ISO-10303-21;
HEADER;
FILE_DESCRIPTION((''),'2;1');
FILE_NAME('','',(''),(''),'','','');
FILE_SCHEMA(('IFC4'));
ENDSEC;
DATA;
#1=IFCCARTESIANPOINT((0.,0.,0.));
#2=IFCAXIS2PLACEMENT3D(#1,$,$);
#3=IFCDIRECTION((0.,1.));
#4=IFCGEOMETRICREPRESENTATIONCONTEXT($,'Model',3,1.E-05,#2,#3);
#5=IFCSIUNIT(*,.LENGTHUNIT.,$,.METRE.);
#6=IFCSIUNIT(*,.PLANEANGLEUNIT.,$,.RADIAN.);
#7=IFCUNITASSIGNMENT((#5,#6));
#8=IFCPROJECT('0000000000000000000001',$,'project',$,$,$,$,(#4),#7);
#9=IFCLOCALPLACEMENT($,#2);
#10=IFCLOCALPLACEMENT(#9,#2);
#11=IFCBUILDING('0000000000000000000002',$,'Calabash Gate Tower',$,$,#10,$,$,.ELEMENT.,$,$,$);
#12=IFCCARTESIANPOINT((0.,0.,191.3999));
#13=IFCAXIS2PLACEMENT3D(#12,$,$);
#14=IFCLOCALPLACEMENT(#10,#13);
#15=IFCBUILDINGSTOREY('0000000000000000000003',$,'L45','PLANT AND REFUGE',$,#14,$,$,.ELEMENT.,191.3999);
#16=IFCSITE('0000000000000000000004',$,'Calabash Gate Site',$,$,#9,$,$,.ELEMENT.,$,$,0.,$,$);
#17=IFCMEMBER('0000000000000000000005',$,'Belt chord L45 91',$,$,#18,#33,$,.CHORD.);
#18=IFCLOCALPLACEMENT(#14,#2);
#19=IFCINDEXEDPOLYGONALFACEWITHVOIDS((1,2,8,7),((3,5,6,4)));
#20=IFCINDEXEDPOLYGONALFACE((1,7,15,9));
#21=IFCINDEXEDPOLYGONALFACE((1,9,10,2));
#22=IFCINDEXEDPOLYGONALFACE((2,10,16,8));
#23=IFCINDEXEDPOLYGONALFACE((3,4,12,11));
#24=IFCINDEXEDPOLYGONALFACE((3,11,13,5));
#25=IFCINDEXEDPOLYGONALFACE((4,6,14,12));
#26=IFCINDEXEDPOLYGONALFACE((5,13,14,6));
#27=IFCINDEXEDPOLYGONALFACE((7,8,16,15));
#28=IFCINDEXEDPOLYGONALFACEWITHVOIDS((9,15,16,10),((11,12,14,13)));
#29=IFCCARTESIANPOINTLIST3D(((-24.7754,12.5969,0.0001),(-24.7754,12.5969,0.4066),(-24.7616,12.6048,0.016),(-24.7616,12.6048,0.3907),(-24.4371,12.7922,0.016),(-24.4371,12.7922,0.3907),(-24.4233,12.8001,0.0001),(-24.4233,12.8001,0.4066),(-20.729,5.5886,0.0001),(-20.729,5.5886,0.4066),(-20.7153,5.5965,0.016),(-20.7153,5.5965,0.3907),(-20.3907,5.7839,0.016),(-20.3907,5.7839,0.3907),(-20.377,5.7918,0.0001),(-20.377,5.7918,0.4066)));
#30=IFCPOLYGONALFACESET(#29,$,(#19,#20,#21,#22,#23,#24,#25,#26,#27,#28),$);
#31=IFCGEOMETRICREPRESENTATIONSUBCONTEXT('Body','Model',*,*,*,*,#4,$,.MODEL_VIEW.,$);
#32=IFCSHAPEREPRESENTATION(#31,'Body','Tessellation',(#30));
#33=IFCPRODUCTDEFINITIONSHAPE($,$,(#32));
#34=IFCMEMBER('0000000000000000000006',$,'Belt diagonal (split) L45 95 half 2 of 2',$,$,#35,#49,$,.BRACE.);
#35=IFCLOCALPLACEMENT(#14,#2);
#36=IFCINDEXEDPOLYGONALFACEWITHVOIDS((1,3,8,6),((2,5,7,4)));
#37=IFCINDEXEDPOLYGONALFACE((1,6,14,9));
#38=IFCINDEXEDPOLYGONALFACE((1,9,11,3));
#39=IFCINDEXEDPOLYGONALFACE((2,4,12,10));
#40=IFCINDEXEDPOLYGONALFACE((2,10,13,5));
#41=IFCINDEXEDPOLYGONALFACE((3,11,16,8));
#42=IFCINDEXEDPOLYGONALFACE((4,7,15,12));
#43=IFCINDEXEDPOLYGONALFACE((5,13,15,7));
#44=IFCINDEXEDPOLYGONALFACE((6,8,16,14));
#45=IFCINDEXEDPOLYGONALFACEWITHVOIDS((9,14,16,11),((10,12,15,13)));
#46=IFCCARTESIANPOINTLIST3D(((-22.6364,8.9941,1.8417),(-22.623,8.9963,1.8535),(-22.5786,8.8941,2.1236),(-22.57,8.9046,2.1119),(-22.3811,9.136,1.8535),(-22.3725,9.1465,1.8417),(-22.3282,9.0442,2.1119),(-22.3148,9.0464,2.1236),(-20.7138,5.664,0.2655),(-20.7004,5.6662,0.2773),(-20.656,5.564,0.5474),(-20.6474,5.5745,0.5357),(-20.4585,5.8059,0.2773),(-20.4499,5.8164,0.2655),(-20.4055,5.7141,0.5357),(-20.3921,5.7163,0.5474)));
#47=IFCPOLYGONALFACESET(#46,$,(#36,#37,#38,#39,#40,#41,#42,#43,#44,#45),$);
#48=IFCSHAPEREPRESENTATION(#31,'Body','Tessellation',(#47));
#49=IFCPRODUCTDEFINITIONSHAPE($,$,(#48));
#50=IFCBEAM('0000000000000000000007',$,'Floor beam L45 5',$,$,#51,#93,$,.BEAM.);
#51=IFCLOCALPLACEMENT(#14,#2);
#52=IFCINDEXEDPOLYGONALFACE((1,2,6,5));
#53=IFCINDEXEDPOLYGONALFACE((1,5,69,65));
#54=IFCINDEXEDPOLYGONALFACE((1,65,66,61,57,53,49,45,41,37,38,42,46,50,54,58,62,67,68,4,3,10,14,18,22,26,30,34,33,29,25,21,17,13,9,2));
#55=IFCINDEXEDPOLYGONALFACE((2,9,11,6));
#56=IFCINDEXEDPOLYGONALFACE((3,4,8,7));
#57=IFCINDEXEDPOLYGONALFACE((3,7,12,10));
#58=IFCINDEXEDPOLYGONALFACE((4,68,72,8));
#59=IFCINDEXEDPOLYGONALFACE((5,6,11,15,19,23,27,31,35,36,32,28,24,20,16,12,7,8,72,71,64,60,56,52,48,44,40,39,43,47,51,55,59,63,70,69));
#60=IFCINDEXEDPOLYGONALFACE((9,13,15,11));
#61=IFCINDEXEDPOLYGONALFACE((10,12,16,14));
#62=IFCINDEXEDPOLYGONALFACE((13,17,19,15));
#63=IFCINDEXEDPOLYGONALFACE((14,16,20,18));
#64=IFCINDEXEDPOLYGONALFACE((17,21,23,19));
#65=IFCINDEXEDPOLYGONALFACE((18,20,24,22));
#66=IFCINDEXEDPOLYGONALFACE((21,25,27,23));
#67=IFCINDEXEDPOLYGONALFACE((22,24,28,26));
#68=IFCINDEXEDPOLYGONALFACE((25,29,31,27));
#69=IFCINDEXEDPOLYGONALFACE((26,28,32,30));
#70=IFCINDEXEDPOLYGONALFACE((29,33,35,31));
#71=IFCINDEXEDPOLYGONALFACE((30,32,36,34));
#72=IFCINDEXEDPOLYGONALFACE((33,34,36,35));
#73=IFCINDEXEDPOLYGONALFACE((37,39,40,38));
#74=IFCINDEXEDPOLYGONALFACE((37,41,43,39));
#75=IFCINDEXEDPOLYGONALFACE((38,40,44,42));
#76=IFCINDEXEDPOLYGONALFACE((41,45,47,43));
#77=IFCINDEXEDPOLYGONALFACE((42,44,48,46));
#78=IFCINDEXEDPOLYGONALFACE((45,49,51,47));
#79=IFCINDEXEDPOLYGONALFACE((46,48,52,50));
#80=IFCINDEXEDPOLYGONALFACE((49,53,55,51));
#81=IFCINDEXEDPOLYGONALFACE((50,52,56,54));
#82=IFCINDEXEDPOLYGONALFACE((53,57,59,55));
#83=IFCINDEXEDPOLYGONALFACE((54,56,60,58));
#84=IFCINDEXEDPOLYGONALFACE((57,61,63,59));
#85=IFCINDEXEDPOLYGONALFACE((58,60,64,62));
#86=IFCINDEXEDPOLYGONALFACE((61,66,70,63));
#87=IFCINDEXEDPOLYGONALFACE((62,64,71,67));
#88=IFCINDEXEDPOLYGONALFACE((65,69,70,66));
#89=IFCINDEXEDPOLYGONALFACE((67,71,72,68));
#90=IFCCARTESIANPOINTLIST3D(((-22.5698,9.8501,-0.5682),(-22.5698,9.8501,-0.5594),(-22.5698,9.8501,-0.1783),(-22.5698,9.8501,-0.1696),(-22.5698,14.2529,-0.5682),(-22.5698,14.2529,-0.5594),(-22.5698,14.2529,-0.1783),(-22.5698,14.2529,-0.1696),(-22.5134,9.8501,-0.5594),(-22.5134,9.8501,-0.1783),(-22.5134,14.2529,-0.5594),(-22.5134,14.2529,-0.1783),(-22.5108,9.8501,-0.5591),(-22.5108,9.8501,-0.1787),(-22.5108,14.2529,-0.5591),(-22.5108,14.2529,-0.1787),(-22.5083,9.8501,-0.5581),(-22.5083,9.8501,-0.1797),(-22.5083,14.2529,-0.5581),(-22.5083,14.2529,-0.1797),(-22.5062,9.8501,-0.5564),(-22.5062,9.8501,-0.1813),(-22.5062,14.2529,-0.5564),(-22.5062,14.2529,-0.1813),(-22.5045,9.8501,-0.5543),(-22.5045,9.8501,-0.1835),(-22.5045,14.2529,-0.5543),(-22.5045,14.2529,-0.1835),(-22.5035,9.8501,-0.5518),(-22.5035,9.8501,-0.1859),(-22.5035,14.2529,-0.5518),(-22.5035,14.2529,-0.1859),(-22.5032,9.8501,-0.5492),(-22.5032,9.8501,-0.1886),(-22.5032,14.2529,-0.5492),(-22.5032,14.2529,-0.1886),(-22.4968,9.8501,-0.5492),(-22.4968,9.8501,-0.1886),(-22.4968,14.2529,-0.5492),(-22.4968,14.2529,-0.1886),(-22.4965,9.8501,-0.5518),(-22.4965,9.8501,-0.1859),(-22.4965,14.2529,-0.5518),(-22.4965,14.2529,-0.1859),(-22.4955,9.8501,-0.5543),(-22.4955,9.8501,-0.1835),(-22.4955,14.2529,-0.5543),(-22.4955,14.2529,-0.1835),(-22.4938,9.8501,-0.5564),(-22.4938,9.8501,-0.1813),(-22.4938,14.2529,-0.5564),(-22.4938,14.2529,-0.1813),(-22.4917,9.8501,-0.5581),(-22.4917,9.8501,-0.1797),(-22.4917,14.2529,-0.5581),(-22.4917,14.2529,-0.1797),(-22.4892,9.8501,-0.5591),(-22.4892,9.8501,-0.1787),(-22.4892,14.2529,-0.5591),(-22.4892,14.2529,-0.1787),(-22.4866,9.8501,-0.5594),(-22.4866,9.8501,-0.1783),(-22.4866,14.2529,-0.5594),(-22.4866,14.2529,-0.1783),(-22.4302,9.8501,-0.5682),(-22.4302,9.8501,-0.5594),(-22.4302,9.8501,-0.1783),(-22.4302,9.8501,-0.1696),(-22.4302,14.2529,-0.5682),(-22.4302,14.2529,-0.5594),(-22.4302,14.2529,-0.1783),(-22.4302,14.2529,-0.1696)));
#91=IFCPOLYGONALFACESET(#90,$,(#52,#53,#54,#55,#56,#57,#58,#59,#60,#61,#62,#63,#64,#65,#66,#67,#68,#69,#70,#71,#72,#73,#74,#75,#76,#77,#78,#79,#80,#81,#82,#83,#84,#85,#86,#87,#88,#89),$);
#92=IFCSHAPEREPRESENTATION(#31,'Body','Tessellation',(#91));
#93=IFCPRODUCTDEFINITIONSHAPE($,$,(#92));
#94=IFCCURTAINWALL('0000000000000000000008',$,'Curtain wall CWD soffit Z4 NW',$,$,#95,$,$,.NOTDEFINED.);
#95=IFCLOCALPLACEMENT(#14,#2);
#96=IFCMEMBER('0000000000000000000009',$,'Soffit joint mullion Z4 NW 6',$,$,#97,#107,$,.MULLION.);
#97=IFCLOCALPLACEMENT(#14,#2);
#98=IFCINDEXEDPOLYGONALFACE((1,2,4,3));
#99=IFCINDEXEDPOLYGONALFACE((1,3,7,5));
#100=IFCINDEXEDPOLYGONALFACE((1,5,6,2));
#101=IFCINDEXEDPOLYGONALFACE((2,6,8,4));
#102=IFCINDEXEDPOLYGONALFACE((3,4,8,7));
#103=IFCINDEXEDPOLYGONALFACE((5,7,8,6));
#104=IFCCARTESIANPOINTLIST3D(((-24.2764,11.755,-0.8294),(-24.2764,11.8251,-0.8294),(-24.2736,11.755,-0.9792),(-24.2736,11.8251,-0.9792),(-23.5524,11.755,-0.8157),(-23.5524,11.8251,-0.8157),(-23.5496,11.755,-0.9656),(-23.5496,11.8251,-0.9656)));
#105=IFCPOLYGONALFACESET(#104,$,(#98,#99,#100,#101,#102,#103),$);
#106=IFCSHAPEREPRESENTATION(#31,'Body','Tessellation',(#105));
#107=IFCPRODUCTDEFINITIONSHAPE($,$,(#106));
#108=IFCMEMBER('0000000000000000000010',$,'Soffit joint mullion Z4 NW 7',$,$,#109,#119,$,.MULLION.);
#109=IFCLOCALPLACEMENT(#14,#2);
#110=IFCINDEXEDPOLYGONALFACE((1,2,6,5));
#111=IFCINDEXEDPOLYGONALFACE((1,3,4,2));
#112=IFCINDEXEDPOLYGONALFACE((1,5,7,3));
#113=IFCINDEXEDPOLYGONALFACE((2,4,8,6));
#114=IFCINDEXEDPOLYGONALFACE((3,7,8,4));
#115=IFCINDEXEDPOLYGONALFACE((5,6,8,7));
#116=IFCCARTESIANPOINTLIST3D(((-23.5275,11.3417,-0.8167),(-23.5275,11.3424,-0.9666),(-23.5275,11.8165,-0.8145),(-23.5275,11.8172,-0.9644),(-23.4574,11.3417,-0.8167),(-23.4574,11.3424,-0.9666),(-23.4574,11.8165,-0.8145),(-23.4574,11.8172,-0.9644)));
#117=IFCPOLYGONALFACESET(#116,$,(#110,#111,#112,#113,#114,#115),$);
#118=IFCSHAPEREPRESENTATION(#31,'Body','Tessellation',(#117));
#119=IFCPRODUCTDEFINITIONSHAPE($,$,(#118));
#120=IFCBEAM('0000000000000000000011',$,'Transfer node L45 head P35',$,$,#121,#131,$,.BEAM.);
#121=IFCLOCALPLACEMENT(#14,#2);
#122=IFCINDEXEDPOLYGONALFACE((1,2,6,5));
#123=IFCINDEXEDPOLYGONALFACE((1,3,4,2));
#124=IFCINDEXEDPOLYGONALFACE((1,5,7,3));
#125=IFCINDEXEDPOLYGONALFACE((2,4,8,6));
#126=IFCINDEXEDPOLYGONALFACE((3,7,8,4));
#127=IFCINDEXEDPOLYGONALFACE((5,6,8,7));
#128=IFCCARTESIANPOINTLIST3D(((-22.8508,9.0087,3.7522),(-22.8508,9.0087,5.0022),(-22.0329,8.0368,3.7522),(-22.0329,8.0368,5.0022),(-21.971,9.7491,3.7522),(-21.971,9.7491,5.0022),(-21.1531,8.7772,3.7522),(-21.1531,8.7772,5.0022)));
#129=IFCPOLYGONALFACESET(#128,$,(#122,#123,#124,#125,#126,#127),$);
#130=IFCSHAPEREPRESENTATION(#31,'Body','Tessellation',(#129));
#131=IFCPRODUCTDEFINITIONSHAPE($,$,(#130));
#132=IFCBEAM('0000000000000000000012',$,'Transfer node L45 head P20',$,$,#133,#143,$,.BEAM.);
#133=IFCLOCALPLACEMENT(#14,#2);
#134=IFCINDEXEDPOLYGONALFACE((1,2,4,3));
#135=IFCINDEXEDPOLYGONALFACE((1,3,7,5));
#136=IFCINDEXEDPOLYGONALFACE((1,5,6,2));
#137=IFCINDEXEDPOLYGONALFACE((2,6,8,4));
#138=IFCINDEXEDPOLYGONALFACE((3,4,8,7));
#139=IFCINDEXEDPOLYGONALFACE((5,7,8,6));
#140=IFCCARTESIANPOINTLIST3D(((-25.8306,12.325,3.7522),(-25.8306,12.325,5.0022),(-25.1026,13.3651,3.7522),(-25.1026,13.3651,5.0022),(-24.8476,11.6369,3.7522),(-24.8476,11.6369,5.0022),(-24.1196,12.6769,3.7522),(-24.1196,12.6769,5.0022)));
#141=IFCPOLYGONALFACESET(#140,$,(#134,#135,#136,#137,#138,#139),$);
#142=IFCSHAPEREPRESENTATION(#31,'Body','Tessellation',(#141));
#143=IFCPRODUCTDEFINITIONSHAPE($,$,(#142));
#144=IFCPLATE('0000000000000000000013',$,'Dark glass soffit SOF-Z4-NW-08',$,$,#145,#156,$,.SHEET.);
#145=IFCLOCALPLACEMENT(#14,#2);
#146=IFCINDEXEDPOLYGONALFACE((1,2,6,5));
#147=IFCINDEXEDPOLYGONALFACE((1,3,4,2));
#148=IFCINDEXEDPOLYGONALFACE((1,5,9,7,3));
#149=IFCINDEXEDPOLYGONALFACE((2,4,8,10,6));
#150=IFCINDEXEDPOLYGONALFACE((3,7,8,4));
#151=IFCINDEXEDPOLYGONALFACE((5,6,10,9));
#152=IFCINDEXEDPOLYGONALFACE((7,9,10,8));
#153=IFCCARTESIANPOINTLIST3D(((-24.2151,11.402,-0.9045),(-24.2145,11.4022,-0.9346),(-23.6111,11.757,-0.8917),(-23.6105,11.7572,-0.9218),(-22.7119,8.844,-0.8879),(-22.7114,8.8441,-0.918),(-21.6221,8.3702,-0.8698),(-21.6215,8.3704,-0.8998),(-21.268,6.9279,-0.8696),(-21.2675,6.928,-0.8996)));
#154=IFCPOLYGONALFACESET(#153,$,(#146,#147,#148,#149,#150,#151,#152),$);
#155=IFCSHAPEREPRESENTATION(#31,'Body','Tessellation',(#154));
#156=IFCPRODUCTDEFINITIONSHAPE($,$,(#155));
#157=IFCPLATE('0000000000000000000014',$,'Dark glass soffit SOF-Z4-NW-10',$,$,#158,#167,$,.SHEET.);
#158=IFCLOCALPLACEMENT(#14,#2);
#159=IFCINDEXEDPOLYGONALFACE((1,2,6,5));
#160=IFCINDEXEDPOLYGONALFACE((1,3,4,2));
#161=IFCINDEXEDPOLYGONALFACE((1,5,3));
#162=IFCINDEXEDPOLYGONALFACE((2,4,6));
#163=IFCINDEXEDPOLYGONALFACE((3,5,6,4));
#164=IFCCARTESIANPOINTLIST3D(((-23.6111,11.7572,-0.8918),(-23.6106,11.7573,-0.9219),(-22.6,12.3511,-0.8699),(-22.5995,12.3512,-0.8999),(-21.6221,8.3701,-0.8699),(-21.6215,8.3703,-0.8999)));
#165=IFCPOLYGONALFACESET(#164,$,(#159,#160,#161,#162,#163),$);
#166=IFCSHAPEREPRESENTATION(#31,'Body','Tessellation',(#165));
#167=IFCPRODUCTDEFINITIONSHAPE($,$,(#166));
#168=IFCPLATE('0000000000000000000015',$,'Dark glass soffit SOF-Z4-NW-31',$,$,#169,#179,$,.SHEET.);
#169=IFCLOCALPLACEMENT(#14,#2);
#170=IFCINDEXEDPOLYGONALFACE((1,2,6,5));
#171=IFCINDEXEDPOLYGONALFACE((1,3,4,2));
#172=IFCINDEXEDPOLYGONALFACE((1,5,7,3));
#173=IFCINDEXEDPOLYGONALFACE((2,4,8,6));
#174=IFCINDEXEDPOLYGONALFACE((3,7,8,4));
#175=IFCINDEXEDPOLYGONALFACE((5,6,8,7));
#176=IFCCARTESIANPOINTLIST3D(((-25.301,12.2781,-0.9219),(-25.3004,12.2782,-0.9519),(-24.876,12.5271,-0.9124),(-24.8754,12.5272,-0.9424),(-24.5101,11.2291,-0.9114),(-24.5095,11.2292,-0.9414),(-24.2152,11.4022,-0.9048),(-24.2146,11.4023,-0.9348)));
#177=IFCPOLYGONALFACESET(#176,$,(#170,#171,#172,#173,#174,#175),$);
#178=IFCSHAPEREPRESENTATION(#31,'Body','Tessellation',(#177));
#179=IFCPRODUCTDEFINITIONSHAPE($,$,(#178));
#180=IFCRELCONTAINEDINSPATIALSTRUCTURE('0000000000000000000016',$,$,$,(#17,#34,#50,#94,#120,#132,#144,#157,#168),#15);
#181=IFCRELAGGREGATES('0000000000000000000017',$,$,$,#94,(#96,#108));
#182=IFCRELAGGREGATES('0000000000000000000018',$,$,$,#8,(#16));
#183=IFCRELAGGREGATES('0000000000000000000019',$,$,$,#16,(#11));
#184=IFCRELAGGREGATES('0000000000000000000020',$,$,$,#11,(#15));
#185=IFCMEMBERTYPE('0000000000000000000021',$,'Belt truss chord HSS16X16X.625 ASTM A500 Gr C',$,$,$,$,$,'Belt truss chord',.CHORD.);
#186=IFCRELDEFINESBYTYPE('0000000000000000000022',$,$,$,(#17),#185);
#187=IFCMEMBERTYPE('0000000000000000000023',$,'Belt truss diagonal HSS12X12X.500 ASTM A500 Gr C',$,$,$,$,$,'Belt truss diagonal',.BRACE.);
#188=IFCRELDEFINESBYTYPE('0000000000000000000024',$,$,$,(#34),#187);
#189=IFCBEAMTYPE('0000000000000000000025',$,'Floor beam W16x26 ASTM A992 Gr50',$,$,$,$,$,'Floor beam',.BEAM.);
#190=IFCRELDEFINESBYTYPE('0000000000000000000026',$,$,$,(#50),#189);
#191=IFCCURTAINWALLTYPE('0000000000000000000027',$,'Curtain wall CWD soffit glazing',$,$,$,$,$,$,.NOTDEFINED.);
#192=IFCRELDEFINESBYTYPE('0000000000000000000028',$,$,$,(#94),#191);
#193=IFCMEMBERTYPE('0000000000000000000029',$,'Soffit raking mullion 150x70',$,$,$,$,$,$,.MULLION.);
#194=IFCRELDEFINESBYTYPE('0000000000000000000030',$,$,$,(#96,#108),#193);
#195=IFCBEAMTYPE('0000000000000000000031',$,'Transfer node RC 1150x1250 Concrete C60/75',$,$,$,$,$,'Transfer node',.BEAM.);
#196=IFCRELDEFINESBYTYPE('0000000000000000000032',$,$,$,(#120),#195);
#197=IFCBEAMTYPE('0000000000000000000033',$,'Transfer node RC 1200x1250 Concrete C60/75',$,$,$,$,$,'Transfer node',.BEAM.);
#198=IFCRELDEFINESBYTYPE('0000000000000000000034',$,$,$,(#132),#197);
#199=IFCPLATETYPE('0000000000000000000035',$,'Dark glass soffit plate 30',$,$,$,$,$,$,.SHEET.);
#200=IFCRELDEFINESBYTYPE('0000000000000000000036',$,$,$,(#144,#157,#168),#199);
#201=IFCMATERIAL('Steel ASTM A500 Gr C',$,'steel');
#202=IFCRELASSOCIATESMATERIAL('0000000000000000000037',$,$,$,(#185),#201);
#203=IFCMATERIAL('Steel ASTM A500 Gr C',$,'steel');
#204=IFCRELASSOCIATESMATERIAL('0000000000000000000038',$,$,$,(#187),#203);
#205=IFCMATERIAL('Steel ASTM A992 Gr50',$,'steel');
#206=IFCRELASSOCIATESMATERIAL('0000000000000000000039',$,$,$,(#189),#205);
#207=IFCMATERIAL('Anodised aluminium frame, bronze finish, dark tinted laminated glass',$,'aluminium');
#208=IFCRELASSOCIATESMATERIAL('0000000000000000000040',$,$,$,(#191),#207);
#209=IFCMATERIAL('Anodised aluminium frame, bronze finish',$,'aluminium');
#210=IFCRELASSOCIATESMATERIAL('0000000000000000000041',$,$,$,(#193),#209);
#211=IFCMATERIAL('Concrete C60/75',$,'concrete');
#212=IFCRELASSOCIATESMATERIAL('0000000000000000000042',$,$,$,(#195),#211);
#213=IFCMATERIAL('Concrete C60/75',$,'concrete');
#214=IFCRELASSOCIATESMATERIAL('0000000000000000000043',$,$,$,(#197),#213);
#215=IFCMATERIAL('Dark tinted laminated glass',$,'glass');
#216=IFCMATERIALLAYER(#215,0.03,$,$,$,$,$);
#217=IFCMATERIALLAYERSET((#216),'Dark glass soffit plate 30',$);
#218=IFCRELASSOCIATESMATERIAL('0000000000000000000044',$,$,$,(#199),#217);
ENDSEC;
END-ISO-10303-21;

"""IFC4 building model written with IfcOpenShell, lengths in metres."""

from ifc_helpers import new_model, si_unit, direction, frame, origin, origin_2d, place, context, subcontext, project, spatial, polyline, rectangle, hollow_rectangle, i_section, outline, extrude, material, layer, layer_set, material_profile, profile_set, type_object, element, aggregate, save


model = new_model("IFC4")

# Units and contexts
model_context = context("Model", 3, precision=1e-05, world=origin(), true_north=direction((0.0, 1.0)))
body_context = subcontext(model_context, "Body", "Model", "MODEL_VIEW")
ifc_project = project(units=[si_unit("LENGTHUNIT", "METRE"), si_unit("PLANEANGLEUNIT", "RADIAN")], contexts=[model_context])

# Site, building, storey
site_placement = place(None, origin())
site = spatial("IfcSite", under=ifc_project, at=site_placement, Name="Calabash Gate Site", CompositionType="ELEMENT", RefElevation=0.0)
building_placement = place(site_placement, origin())
building = spatial("IfcBuilding", under=site, at=building_placement, Name="Calabash Gate Tower", CompositionType="ELEMENT")
storey_placement = place(building_placement, frame((0.0, 0.0, 191.3999)))
storey = spatial("IfcBuildingStorey", under=building, at=storey_placement, Name="L45", Description="PLANT AND REFUGE", CompositionType="ELEMENT", Elevation=191.3999)

# Members
ifc_material_1 = material(Name="Steel ASTM A500 Gr C", Category="steel")
ifc_material_profile_1 = material_profile(ifc_material_1, hollow_rectangle(XDim=0.4065, YDim=0.4065, WallThickness=0.0159, at=origin_2d()))
ifc_profile_set_1 = profile_set([ifc_material_profile_1], Name="Steel ASTM A500 Gr C")
member_type_1 = type_object("IfcMemberType", Name="Belt truss chord HSS16X16X.625 ASTM A500 Gr C", ElementType="Belt truss chord", PredefinedType="CHORD", material=ifc_profile_set_1)
member_1_placement = place(storey_placement, frame((-24.5994, 12.6985, 0.2034), z_axis=(0.500013, -0.866018, 0.0), x_axis=(0.866018, 0.500013, 0.0)))
element("IfcMember", 1, at=member_1_placement, inside=storey, type_object=member_type_1, Name="Belt chord L45 91", PredefinedType="CHORD", context=body_context, shape_type="SweptSolid", body=[
    extrude(hollow_rectangle(XDim=0.4065, YDim=0.4065, WallThickness=0.0159, at=origin_2d()), origin(), (0.0, 0.0, 1.0), 8.0925),
])
ifc_material_2 = material(Name="Steel ASTM A500 Gr C", Category="steel")
ifc_material_profile_2 = material_profile(ifc_material_2, hollow_rectangle(XDim=0.3047, YDim=0.3047, WallThickness=0.0127, at=origin_2d()))
ifc_profile_set_2 = profile_set([ifc_material_profile_2], Name="Steel ASTM A500 Gr C")
member_type_2 = type_object("IfcMemberType", Name="Belt truss diagonal HSS12X12X.500 ASTM A500 Gr C", ElementType="Belt truss diagonal", PredefinedType="BRACE", material=ifc_profile_set_2)
member_2_placement = place(storey_placement, frame((-22.4756, 9.0203, 1.9827), z_axis=(0.462639, -0.801321, -0.379276), x_axis=(0.866027, 0.499997, 0.0)))
element("IfcMember", 2, at=member_2_placement, inside=storey, type_object=member_type_2, Name="Belt diagonal (split) L45 95 half 2 of 2", PredefinedType="BRACE", context=body_context, shape_type="SweptSolid", body=[
    extrude(hollow_rectangle(XDim=0.3047, YDim=0.3047, WallThickness=0.0127, at=origin_2d()), origin(), (0.0, 0.0, 1.0), 4.1558),
])

# Beam
ifc_material_3 = material(Name="Steel ASTM A992 Gr50", Category="steel")
ifc_material_profile_3 = material_profile(ifc_material_3, i_section(OverallWidth=0.1396, OverallDepth=0.3987, WebThickness=0.0063, FlangeThickness=0.0088, FilletRadius=0.0103, at=origin_2d()))
ifc_profile_set_3 = profile_set([ifc_material_profile_3], Name="Steel ASTM A992 Gr50")
beam_type_1 = type_object("IfcBeamType", Name="Floor beam W16x26 ASTM A992 Gr50", ElementType="Floor beam", PredefinedType="BEAM", material=ifc_profile_set_3)
beam_1_placement = place(storey_placement, frame((-22.5, 9.8501, -0.3689), z_axis=(0.0, 1.0, 0.0), x_axis=(-1.0, 0.0, 0.0)))
element("IfcBeam", 3, at=beam_1_placement, inside=storey, type_object=beam_type_1, Name="Floor beam L45 5", PredefinedType="BEAM", context=body_context, shape_type="SweptSolid", body=[
    extrude(i_section(OverallWidth=0.1396, OverallDepth=0.3987, WebThickness=0.0063, FlangeThickness=0.0088, FilletRadius=0.0103, at=origin_2d()), origin(), (0.0, 0.0, 1.0), 4.4028),
])

# Curtain wall, members
ifc_material_4 = material(Name="Anodised aluminium frame, bronze finish, dark tinted laminated glass", Category="aluminium")
curtain_wall_type = type_object("IfcCurtainWallType", Name="Curtain wall CWD soffit glazing", PredefinedType="NOTDEFINED", material=ifc_material_4)
curtain_wall_placement = place(storey_placement, origin())
curtain_wall = element("IfcCurtainWall", 4, at=curtain_wall_placement, inside=storey, type_object=curtain_wall_type, Name="Curtain wall CWD soffit Z4 NW", PredefinedType="NOTDEFINED")
ifc_material_5 = material(Name="Anodised aluminium frame, bronze finish", Category="aluminium")
ifc_material_profile_4 = material_profile(ifc_material_5, rectangle(XDim=0.1499, YDim=0.0701, at=origin_2d()))
ifc_profile_set_4 = profile_set([ifc_material_profile_4], Name="Anodised aluminium frame, bronze finish")
member_type_3 = type_object("IfcMemberType", Name="Soffit raking mullion 150x70", PredefinedType="MULLION", material=ifc_profile_set_4)
member_3_placement = place(storey_placement, frame((-23.551, 11.79, -0.8906), z_axis=(-0.999822, 0.0, -0.018884), x_axis=(-0.018884, 0.0, 0.999822)))
member_3 = element("IfcMember", 5, at=member_3_placement, type_object=member_type_3, Name="Soffit joint mullion Z4 NW 6", PredefinedType="MULLION", context=body_context, shape_type="SweptSolid", body=[
    extrude(rectangle(XDim=0.1499, YDim=0.0701, at=origin_2d()), origin(), (0.0, 0.0, 1.0), 0.7241),
])
member_4_placement = place(storey_placement, frame((-23.4924, 11.8169, -0.8894), z_axis=(0.0, -0.999989, -0.004627), x_axis=(0.0, -0.004627, 0.999989)))
member_4 = element("IfcMember", 6, at=member_4_placement, type_object=member_type_3, Name="Soffit joint mullion Z4 NW 7", PredefinedType="MULLION", context=body_context, shape_type="SweptSolid", body=[
    extrude(rectangle(XDim=0.1499, YDim=0.0701, at=origin_2d()), origin(), (0.0, 0.0, 1.0), 0.4749),
])
aggregate(curtain_wall, [member_3, member_4])

# Beams
ifc_material_6 = material(Name="Concrete C60/75", Category="concrete")
ifc_material_profile_5 = material_profile(ifc_material_6, rectangle(XDim=1.1499, YDim=1.25, at=origin_2d()))
ifc_profile_set_5 = profile_set([ifc_material_profile_5], Name="Concrete C60/75")
beam_type_2 = type_object("IfcBeamType", Name="Transfer node RC 1150x1250 Concrete C60/75", ElementType="Transfer node", PredefinedType="BEAM", material=ifc_profile_set_5)
beam_2_placement = place(storey_placement, frame((-21.593, 8.407, 4.3772), z_axis=(-0.643863, 0.76514, 0.0), x_axis=(-0.76514, -0.643863, 0.0)))
element("IfcBeam", 7, at=beam_2_placement, inside=storey, type_object=beam_type_2, Name="Transfer node L45 head P35", PredefinedType="BEAM", context=body_context, shape_type="SweptSolid", body=[
    extrude(rectangle(XDim=1.1499, YDim=1.25, at=origin_2d()), origin(), (0.0, 0.0, 1.0), 1.2703),
])
ifc_material_7 = material(Name="Concrete C60/75", Category="concrete")
ifc_material_profile_6 = material_profile(ifc_material_7, rectangle(XDim=1.2, YDim=1.25, at=origin_2d()))
ifc_profile_set_6 = profile_set([ifc_material_profile_6], Name="Concrete C60/75")
beam_type_3 = type_object("IfcBeamType", Name="Transfer node RC 1200x1250 Concrete C60/75", ElementType="Transfer node", PredefinedType="BEAM", material=ifc_profile_set_6)
beam_3_placement = place(storey_placement, frame((-25.3391, 11.981, 4.3772), z_axis=(0.573462, 0.819232, 0.0), x_axis=(-0.819232, 0.573462, 0.0)))
element("IfcBeam", 8, at=beam_3_placement, inside=storey, type_object=beam_type_3, Name="Transfer node L45 head P20", PredefinedType="BEAM", context=body_context, shape_type="SweptSolid", body=[
    extrude(rectangle(XDim=1.2, YDim=1.25, at=origin_2d()), origin(), (0.0, 0.0, 1.0), 1.2695),
])

# Plates
ifc_material_8 = material(Name="Dark tinted laminated glass", Category="glass")
ifc_layer_1 = layer(ifc_material_8, 0.03)
ifc_layer_set_1 = layer_set([ifc_layer_1], Name="Dark glass soffit plate 30")
plate_type_1 = type_object("IfcPlateType", Name="Dark glass soffit plate 30", PredefinedType="SHEET", material=ifc_layer_set_1)
plate_1_placement = place(storey_placement, frame((-22.7119, 8.844, -0.8879), z_axis=(-0.018598, -0.004438, 0.999817), x_axis=(-0.506614, 0.862155, -0.005597)))
element("IfcPlate", 9, at=plate_1_placement, inside=storey, type_object=plate_type_1, Name="Dark glass soffit SOF-Z4-NW-08", PredefinedType="SHEET", context=body_context, shape_type="SweptSolid", body=[
    extrude(outline(polyline([(0.0, 0.0), (2.967, 0.0), (2.967, -0.7007), (-0.9607, -0.6997), (-2.3835, -0.2742), (0.0, 0.0)])), origin(), (0.0, 0.0, -1.0), 0.03),
])
plate_2_placement = place(storey_placement, frame((-21.6221, 8.3701, -0.8699), z_axis=(-0.018989, -0.004665, 0.999809), x_axis=(-0.506385, 0.86229, -0.005594)))
element("IfcPlate", 10, at=plate_2_placement, inside=storey, type_object=plate_type_1, Name="Dark glass soffit SOF-Z4-NW-10", PredefinedType="SHEET", context=body_context, shape_type="SweptSolid", body=[
    extrude(outline(polyline([(0.0, 0.0), (3.928, 0.0), (3.928, -1.1729), (0.0, 0.0)])), origin(), (0.0, 0.0, -1.0), 0.03),
])
plate_3_placement = place(storey_placement, frame((-25.301, 12.2781, -0.9219), z_axis=(-0.01958, -0.004768, 0.999797), x_axis=(0.862667, 0.505404, 0.019305)))
element("IfcPlate", 11, at=plate_3_placement, inside=storey, type_object=plate_type_1, Name="Dark glass soffit SOF-Z4-NW-31", PredefinedType="SHEET", context=body_context, shape_type="SweptSolid", body=[
    extrude(outline(polyline([(0.0, 0.0), (0.4927, 0.0), (0.4944, -1.3047), (0.1523, -1.3049), (0.0, 0.0)])), origin(), (0.0, 0.0, -1.0), 0.03),
])

save(model, "model.ifc")
